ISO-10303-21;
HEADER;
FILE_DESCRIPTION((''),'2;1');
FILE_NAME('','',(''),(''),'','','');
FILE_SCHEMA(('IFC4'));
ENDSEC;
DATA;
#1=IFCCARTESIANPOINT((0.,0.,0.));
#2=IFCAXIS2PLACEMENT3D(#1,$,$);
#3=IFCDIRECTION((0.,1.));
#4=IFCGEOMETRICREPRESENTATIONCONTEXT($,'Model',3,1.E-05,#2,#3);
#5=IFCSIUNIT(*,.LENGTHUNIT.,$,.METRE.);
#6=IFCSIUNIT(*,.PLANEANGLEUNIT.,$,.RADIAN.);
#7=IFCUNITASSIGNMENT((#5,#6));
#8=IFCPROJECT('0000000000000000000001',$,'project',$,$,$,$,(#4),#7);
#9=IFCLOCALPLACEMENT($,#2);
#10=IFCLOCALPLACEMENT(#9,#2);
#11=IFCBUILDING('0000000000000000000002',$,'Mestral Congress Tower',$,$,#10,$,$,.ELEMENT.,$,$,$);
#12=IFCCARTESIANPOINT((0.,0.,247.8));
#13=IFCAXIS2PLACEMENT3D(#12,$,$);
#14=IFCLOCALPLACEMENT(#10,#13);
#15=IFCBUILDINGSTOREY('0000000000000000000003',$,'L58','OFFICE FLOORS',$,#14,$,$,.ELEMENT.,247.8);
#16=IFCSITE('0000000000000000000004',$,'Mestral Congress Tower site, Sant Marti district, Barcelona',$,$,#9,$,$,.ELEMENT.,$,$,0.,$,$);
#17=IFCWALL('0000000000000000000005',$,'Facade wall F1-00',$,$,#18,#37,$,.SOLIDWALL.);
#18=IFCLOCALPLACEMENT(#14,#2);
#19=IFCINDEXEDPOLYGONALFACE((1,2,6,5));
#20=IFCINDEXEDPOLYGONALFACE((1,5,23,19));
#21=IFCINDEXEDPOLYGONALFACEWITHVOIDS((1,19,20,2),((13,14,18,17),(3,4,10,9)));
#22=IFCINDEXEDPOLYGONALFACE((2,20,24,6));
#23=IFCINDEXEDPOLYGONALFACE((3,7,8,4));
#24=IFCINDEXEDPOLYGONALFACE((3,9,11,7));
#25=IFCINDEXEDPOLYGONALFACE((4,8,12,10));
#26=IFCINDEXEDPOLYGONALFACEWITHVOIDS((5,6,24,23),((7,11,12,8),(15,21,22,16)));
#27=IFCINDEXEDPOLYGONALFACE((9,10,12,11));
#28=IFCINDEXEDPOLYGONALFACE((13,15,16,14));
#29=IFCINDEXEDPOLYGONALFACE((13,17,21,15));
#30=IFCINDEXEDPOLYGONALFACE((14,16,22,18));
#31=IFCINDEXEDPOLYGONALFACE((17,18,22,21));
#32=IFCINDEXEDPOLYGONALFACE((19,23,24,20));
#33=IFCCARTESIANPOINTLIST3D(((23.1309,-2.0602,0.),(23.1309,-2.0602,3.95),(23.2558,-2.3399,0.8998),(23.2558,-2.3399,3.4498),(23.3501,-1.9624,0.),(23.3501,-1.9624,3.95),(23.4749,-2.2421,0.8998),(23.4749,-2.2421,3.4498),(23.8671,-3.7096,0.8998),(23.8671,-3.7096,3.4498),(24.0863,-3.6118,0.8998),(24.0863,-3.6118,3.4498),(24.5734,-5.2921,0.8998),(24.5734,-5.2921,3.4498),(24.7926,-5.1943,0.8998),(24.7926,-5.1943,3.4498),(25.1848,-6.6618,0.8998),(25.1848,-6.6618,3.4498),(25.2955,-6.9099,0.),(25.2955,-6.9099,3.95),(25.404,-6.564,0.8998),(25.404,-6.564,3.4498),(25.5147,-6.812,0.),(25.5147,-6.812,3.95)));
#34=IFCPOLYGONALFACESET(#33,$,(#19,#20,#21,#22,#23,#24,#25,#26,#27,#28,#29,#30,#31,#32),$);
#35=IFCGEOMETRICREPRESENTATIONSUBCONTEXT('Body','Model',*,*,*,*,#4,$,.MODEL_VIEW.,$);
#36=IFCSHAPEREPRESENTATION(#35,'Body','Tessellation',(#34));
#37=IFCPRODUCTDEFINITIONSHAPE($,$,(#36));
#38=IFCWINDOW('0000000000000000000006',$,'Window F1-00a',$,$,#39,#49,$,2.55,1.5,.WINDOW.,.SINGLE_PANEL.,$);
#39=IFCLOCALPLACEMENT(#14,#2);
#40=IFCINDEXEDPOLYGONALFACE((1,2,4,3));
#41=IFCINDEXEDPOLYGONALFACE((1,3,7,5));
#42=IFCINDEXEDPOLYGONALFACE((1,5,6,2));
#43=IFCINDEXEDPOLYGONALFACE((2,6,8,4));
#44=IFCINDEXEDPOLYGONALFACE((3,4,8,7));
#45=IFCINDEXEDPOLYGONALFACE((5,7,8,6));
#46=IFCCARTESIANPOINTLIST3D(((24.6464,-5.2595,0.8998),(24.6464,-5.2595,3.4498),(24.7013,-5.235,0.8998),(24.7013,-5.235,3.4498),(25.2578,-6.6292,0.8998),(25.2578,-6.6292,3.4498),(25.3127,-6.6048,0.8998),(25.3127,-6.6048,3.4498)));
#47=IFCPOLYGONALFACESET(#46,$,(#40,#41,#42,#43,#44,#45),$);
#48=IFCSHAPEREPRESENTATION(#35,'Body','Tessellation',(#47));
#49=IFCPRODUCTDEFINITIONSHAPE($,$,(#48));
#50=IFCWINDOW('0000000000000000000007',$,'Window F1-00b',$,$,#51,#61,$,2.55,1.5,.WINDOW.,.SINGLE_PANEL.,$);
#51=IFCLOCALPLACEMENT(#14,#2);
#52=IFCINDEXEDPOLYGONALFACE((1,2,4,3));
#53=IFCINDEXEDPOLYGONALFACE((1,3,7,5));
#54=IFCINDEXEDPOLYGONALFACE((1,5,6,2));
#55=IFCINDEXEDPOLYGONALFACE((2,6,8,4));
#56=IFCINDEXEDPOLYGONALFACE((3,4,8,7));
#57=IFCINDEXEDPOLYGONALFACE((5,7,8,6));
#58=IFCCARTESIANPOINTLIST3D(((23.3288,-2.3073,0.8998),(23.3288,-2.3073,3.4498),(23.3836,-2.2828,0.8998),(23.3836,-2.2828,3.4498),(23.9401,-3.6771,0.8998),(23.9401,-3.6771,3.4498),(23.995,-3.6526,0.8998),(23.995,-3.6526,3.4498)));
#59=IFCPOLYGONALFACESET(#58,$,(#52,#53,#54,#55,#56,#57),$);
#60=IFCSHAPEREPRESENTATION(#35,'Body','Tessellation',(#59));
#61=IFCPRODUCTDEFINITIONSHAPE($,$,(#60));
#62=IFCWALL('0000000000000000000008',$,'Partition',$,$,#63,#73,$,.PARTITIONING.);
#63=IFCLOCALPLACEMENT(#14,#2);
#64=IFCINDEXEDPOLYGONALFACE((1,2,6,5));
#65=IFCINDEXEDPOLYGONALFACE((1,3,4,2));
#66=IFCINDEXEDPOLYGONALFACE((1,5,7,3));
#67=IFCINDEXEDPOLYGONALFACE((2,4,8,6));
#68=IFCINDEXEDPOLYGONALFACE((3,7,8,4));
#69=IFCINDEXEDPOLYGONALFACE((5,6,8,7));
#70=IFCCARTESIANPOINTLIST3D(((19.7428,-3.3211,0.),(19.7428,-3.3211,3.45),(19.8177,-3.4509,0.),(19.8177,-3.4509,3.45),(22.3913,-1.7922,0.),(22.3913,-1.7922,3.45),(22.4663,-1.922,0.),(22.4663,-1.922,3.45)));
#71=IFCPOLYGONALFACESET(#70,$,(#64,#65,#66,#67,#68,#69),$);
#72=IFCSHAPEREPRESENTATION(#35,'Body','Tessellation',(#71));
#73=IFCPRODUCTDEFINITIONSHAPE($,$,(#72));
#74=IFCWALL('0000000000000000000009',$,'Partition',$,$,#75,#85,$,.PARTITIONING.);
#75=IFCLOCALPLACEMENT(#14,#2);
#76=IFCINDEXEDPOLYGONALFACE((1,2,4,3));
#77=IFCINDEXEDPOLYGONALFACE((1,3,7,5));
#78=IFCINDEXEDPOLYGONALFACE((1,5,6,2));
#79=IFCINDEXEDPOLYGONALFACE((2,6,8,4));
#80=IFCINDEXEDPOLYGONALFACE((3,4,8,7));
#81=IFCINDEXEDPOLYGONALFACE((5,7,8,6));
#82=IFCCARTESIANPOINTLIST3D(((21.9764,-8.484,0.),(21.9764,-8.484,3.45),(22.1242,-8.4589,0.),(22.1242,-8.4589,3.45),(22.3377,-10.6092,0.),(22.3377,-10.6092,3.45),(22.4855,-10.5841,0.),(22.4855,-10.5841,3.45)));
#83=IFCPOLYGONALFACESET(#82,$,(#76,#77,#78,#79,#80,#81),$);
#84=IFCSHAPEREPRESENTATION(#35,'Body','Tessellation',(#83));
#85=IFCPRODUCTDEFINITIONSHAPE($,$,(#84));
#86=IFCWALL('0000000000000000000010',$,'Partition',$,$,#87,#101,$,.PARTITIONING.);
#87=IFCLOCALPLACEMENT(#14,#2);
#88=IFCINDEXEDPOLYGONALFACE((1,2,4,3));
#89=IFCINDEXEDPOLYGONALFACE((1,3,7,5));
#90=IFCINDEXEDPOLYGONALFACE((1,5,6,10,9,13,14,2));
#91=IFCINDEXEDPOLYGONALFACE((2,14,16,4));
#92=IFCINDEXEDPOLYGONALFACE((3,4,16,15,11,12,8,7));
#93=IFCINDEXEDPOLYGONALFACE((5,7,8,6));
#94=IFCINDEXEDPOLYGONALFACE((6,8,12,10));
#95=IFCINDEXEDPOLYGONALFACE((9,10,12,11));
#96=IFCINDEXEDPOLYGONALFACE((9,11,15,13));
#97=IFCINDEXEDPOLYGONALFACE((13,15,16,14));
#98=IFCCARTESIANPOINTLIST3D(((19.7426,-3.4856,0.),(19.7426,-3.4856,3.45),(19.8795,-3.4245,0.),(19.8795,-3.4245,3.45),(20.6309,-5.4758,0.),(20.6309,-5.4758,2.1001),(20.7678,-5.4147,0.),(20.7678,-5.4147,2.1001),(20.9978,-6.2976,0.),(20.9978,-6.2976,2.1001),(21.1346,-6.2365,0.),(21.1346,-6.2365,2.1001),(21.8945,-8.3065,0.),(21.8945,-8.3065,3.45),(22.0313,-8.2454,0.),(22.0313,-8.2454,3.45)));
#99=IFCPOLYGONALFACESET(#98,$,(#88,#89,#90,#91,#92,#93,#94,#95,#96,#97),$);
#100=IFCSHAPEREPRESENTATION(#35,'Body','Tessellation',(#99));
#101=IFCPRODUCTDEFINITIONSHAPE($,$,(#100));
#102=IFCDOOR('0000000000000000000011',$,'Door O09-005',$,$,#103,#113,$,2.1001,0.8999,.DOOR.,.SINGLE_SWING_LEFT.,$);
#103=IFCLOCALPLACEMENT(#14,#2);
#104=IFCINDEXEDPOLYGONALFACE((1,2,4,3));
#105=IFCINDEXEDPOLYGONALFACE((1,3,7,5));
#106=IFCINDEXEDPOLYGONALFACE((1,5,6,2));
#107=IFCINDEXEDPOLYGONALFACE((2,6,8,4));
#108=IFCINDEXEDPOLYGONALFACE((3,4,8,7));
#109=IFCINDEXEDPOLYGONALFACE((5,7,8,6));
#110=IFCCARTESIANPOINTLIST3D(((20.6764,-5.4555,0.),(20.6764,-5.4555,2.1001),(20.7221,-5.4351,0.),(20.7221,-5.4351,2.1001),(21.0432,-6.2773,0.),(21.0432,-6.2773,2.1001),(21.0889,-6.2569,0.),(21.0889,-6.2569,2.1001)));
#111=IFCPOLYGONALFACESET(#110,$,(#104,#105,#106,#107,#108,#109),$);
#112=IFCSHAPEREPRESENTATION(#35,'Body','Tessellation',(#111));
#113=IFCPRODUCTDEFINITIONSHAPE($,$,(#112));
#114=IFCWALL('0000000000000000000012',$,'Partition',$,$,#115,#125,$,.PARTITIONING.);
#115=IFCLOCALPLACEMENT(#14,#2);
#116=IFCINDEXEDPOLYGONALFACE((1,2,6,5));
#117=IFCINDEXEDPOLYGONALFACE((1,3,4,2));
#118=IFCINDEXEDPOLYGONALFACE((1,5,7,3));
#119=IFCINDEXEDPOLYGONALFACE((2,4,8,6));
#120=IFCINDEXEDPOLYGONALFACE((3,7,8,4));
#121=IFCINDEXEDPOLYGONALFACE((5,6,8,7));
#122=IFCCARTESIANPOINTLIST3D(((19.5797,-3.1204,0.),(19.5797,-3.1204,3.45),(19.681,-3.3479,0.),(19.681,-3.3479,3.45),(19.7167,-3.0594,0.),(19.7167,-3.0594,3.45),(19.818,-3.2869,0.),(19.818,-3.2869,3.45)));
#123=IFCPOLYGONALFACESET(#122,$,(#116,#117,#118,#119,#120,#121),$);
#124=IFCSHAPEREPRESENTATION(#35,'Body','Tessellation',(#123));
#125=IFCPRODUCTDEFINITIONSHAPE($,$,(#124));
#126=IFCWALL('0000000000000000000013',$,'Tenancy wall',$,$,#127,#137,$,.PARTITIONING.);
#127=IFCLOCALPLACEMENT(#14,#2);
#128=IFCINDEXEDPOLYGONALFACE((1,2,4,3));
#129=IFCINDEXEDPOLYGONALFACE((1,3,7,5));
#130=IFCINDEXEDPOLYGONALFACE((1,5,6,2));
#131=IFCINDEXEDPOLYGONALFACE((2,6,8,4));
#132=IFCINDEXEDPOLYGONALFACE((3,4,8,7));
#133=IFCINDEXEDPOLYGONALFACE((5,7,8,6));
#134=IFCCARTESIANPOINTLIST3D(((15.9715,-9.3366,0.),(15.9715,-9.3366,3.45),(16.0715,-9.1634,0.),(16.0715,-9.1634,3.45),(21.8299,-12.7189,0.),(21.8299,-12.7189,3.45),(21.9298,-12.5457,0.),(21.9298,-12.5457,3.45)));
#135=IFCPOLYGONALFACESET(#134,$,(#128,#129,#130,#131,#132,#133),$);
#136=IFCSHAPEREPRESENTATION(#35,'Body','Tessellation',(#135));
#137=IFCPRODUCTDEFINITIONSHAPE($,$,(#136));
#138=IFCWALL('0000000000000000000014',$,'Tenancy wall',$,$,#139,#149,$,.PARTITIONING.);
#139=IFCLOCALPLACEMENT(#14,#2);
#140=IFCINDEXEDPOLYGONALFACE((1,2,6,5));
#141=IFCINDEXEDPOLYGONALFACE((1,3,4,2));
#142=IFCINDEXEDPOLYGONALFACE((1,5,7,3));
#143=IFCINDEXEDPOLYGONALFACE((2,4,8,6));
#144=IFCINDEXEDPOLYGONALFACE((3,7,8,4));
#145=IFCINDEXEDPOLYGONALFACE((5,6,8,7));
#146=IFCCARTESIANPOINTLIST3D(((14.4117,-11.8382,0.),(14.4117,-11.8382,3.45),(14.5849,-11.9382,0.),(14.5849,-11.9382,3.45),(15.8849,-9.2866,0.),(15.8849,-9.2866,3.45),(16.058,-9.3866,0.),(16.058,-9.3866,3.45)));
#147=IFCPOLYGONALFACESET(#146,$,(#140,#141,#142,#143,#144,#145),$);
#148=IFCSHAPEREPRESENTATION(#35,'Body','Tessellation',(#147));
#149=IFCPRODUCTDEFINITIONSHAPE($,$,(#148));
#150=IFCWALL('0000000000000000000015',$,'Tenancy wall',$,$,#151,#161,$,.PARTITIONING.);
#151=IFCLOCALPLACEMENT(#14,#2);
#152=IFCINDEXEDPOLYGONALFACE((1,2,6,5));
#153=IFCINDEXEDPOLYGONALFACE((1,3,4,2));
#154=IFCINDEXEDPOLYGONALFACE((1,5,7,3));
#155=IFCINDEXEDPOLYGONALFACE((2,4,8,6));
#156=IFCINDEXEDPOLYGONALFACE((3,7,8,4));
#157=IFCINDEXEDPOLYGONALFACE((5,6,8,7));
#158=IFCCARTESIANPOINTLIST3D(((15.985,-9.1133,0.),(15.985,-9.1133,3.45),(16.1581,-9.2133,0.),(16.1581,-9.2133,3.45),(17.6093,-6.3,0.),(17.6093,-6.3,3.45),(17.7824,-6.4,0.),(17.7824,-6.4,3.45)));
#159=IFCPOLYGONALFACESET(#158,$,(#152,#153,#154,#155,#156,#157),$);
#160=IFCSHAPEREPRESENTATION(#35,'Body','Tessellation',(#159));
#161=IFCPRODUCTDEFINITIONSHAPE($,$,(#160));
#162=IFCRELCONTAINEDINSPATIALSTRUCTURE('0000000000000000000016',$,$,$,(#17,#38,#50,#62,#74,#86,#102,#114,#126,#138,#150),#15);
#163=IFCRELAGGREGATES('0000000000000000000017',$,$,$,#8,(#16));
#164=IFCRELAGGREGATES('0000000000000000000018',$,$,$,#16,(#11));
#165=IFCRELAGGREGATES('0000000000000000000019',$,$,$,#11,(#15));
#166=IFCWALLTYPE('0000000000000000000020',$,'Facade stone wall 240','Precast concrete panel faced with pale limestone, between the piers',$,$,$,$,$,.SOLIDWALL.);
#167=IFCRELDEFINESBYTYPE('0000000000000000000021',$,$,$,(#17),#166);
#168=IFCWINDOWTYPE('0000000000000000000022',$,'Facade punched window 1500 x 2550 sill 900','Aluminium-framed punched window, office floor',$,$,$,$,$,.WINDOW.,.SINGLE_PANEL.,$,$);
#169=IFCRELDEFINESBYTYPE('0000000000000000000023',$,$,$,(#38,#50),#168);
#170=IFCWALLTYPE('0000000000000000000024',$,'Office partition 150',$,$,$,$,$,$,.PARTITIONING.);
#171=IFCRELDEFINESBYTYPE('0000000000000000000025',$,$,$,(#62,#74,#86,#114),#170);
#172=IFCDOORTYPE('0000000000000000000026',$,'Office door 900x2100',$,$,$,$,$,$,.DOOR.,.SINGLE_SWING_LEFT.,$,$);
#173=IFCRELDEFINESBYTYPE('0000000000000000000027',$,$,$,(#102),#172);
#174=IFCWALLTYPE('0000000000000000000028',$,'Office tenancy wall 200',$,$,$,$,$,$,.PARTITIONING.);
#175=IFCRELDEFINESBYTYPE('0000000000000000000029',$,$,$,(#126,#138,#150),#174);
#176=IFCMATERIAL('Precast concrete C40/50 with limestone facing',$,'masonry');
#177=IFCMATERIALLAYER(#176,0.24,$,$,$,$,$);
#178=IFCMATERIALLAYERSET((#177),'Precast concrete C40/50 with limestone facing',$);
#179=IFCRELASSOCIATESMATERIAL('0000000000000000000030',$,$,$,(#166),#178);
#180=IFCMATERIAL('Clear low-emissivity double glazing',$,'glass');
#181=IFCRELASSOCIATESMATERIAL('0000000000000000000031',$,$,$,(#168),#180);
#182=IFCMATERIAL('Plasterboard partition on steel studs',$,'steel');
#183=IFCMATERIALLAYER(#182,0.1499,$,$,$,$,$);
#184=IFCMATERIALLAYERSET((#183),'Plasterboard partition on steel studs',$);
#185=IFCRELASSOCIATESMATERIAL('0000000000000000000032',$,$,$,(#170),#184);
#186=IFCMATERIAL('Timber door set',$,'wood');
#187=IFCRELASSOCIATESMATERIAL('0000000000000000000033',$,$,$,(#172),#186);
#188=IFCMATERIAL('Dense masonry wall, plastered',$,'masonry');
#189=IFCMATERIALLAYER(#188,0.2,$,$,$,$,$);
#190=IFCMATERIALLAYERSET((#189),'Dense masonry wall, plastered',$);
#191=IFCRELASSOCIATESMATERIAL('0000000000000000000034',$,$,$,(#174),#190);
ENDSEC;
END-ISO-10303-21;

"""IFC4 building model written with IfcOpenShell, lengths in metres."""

from ifc_helpers import new_model, si_unit, direction, frame, frame_2d, origin, place, context, subcontext, project, spatial, rectangle, extrude, material, layer, layer_set, type_object, element, fill, save


model = new_model("IFC4")

# Units and contexts
model_context = context("Model", 3, precision=1e-05, world=origin(), true_north=direction((0.0, 1.0)))
body_context = subcontext(model_context, "Body", "Model", "MODEL_VIEW")
ifc_project = project(units=[si_unit("LENGTHUNIT", "METRE"), si_unit("PLANEANGLEUNIT", "RADIAN")], contexts=[model_context])

# Site, building, storey
site_placement = place(None, origin())
site = spatial("IfcSite", under=ifc_project, at=site_placement, Name="Mestral Congress Tower site, Sant Marti district, Barcelona", CompositionType="ELEMENT", RefElevation=0.0)
building_placement = place(site_placement, origin())
building = spatial("IfcBuilding", under=site, at=building_placement, Name="Mestral Congress Tower", CompositionType="ELEMENT")
storey_placement = place(building_placement, frame((0.0, 0.0, 247.8)))
storey = spatial("IfcBuildingStorey", under=building, at=storey_placement, Name="L58", Description="OFFICE FLOORS", CompositionType="ELEMENT", Elevation=247.8)

# Shared definitions
ifc_material_1 = material(Name="Precast concrete C40/50 with limestone facing", Category="masonry")
ifc_layer_1 = layer(ifc_material_1, 0.24)
ifc_layer_set_1 = layer_set([ifc_layer_1], Name="Precast concrete C40/50 with limestone facing")
wall_type_1 = type_object("IfcWallType", Name="Facade stone wall 240", Description="Precast concrete panel faced with pale limestone, between the piers", PredefinedType="SOLIDWALL", material=ifc_layer_set_1)
ifc_material_2 = material(Name="Clear low-emissivity double glazing", Category="glass")

# Wall, openings, windows
wall_1_placement = place(storey_placement, frame((25.405, -6.8608, 0.0), z_axis=(0.0, 0.0, 1.0), x_axis=(-0.40758, 0.91317, 0.0)))
wall_1 = element("IfcWall", 1, at=wall_1_placement, inside=storey, type_object=wall_type_1, Name="Facade wall F1-00", PredefinedType="SOLIDWALL", context=body_context, shape_type="SweptSolid", body=[
    extrude(rectangle(XDim=5.3108, YDim=0.24, at=frame_2d((2.6553, 0.0))), origin(), (0.0, 0.0, 1.0), 3.95),
])
opening_1_placement = place(wall_1_placement, frame((0.2715, 0.0, 0.8999)))
opening_1 = element("IfcOpeningElement", 2, at=opening_1_placement, cuts=wall_1, PredefinedType="OPENING", context=body_context, shape_type="SweptSolid", body=[
    extrude(rectangle(XDim=1.5, YDim=2.55, at=frame_2d((0.75, 1.2749))), frame((0.0, 0.1299, 0.0), z_axis=(0.0, -1.0, 0.0), x_axis=(1.0, 0.0, 0.0)), (0.0, 0.0, 1.0), 0.26),
])
opening_2_placement = place(wall_1_placement, frame((3.5044, 0.0, 0.8999)))
opening_2 = element("IfcOpeningElement", 3, at=opening_2_placement, cuts=wall_1, PredefinedType="OPENING", context=body_context, shape_type="SweptSolid", body=[
    extrude(rectangle(XDim=1.5, YDim=2.55, at=frame_2d((0.75, 1.2749))), frame((0.0, 0.1299, 0.0), z_axis=(0.0, -1.0, 0.0), x_axis=(1.0, 0.0, 0.0)), (0.0, 0.0, 1.0), 0.26),
])
window_type_1 = type_object("IfcWindowType", Name="Facade punched window 1500 x 2550 sill 900", Description="Aluminium-framed punched window, office floor", PartitioningType="SINGLE_PANEL", PredefinedType="WINDOW", material=ifc_material_2)
window_1_placement = place(opening_1_placement, origin())
window_1 = element("IfcWindow", 4, at=window_1_placement, inside=storey, type_object=window_type_1, Name="Window F1-00a", OverallHeight=2.55, OverallWidth=1.5, PartitioningType="SINGLE_PANEL", PredefinedType="WINDOW", context=body_context, shape_type="SweptSolid", body=[
    extrude(rectangle(XDim=1.5, YDim=2.55, at=frame_2d((0.75, 1.2749))), frame((0.0, 0.04, 0.0), z_axis=(0.0, -1.0, 0.0), x_axis=(1.0, 0.0, 0.0)), (0.0, 0.0, 1.0), 0.0601),
])
fill(opening_1, window_1)
window_2_placement = place(opening_2_placement, origin())
window_2 = element("IfcWindow", 5, at=window_2_placement, inside=storey, type_object=window_type_1, Name="Window F1-00b", OverallHeight=2.55, OverallWidth=1.5, PartitioningType="SINGLE_PANEL", PredefinedType="WINDOW", context=body_context, shape_type="SweptSolid", body=[
    extrude(rectangle(XDim=1.5, YDim=2.55, at=frame_2d((0.75, 1.2749))), frame((0.0, 0.04, 0.0), z_axis=(0.0, -1.0, 0.0), x_axis=(1.0, 0.0, 0.0)), (0.0, 0.0, 1.0), 0.0601),
])
fill(opening_2, window_2)

# Walls
ifc_material_3 = material(Name="Plasterboard partition on steel studs", Category="steel")
ifc_layer_2 = layer(ifc_material_3, 0.1499)
ifc_layer_set_2 = layer_set([ifc_layer_2], Name="Plasterboard partition on steel studs")
wall_type_2 = type_object("IfcWallType", Name="Office partition 150", PredefinedType="PARTITIONING", material=ifc_layer_set_2)
wall_2_placement = place(storey_placement, frame((19.7803, -3.386, 0.0), z_axis=(0.0, 0.0, 1.0), x_axis=(0.866063, 0.499934, 0.0)))
element("IfcWall", 6, at=wall_2_placement, inside=storey, type_object=wall_type_2, Name="Partition", PredefinedType="PARTITIONING", context=body_context, shape_type="SweptSolid", body=[
    extrude(rectangle(XDim=3.0581, YDim=0.1499, at=frame_2d((1.5291, 0.0))), origin(), (0.0, 0.0, 1.0), 3.45),
])
wall_3_placement = place(storey_placement, frame((22.4116, -10.5967, 0.0), z_axis=(0.0, 0.0, 1.0), x_axis=(-0.167612, 0.985853, 0.0)))
element("IfcWall", 7, at=wall_3_placement, inside=storey, type_object=wall_type_2, Name="Partition", PredefinedType="PARTITIONING", context=body_context, shape_type="SweptSolid", body=[
    extrude(rectangle(XDim=2.1558, YDim=0.1499, at=frame_2d((1.0779, 0.0))), origin(), (0.0, 0.0, 1.0), 3.45),
])

# Wall, opening, door
wall_4_placement = place(storey_placement, frame((19.811, -3.4551, 0.0), z_axis=(0.0, 0.0, 1.0), x_axis=(0.407605, -0.913158, 0.0)))
wall_4 = element("IfcWall", 8, at=wall_4_placement, inside=storey, type_object=wall_type_2, Name="Partition", PredefinedType="PARTITIONING", context=body_context, shape_type="SweptSolid", body=[
    extrude(rectangle(XDim=5.2793, YDim=0.1499, at=frame_2d((2.6396, 0.0))), origin(), (0.0, 0.0, 1.0), 3.45),
])
opening_3_placement = place(wall_4_placement, frame((2.1794, 0.0, 0.0)))
opening_3 = element("IfcOpeningElement", 9, at=opening_3_placement, cuts=wall_4, PredefinedType="OPENING", context=body_context, shape_type="SweptSolid", body=[
    extrude(rectangle(XDim=0.8999, YDim=2.1001, at=frame_2d((0.45, 1.05))), frame((0.0, 0.085, 0.0), z_axis=(0.0, -1.0, 0.0), x_axis=(1.0, 0.0, 0.0)), (0.0, 0.0, 1.0), 0.1699),
])
ifc_material_4 = material(Name="Timber door set", Category="wood")
door_type_1 = type_object("IfcDoorType", Name="Office door 900x2100", OperationType="SINGLE_SWING_LEFT", PredefinedType="DOOR", material=ifc_material_4)
door_1_placement = place(opening_3_placement, origin())
door_1 = element("IfcDoor", 10, at=door_1_placement, inside=storey, type_object=door_type_1, Name="Door O09-005", OperationType="SINGLE_SWING_LEFT", OverallHeight=2.1001, OverallWidth=0.8999, PredefinedType="DOOR", context=body_context, shape_type="SweptSolid", body=[
    extrude(rectangle(XDim=0.8999, YDim=2.1001, at=frame_2d((0.45, 1.05))), frame((0.0, 0.0249, 0.0), z_axis=(0.0, -1.0, 0.0), x_axis=(1.0, 0.0, 0.0)), (0.0, 0.0, 1.0), 0.05),
])
fill(opening_3, door_1)

# Walls
wall_5_placement = place(storey_placement, frame((19.7495, -3.3174, 0.0), z_axis=(0.0, 0.0, 1.0), x_axis=(-0.406775, 0.913528, 0.0)))
element("IfcWall", 11, at=wall_5_placement, inside=storey, type_object=wall_type_2, Name="Partition", PredefinedType="PARTITIONING", context=body_context, shape_type="SweptSolid", body=[
    extrude(rectangle(XDim=0.249, YDim=0.1499, at=frame_2d((0.1245, 0.0))), origin(), (0.0, 0.0, 1.0), 3.45),
])
ifc_material_5 = material(Name="Dense masonry wall, plastered", Category="masonry")
ifc_layer_3 = layer(ifc_material_5, 0.2)
ifc_layer_set_3 = layer_set([ifc_layer_3], Name="Dense masonry wall, plastered")
wall_type_3 = type_object("IfcWallType", Name="Office tenancy wall 200", PredefinedType="PARTITIONING", material=ifc_layer_set_3)
wall_6_placement = place(storey_placement, frame((16.0215, -9.25, 0.0), z_axis=(0.0, 0.0, 1.0), x_axis=(0.866027, -0.499997, 0.0)))
element("IfcWall", 12, at=wall_6_placement, inside=storey, type_object=wall_type_3, Name="Tenancy wall", PredefinedType="PARTITIONING", context=body_context, shape_type="SweptSolid", body=[
    extrude(rectangle(XDim=6.7646, YDim=0.2, at=frame_2d((3.3823, 0.0))), origin(), (0.0, 0.0, 1.0), 3.45),
])
wall_7_placement = place(storey_placement, frame((14.4983, -11.8882, 0.0), z_axis=(0.0, 0.0, 1.0), x_axis=(0.500007, 0.866021, 0.0)))
element("IfcWall", 13, at=wall_7_placement, inside=storey, type_object=wall_type_3, Name="Tenancy wall", PredefinedType="PARTITIONING", context=body_context, shape_type="SweptSolid", body=[
    extrude(rectangle(XDim=2.9463, YDim=0.2, at=frame_2d((1.4731, 0.0))), origin(), (0.0, 0.0, 1.0), 3.45),
])
wall_8_placement = place(storey_placement, frame((16.0715, -9.1633, 0.0), z_axis=(0.0, 0.0, 1.0), x_axis=(0.500011, 0.866019, 0.0)))
element("IfcWall", 14, at=wall_8_placement, inside=storey, type_object=wall_type_3, Name="Tenancy wall", PredefinedType="PARTITIONING", context=body_context, shape_type="SweptSolid", body=[
    extrude(rectangle(XDim=3.2485, YDim=0.2, at=frame_2d((1.6243, 0.0))), origin(), (0.0, 0.0, 1.0), 3.45),
])

save(model, "model.ifc")
